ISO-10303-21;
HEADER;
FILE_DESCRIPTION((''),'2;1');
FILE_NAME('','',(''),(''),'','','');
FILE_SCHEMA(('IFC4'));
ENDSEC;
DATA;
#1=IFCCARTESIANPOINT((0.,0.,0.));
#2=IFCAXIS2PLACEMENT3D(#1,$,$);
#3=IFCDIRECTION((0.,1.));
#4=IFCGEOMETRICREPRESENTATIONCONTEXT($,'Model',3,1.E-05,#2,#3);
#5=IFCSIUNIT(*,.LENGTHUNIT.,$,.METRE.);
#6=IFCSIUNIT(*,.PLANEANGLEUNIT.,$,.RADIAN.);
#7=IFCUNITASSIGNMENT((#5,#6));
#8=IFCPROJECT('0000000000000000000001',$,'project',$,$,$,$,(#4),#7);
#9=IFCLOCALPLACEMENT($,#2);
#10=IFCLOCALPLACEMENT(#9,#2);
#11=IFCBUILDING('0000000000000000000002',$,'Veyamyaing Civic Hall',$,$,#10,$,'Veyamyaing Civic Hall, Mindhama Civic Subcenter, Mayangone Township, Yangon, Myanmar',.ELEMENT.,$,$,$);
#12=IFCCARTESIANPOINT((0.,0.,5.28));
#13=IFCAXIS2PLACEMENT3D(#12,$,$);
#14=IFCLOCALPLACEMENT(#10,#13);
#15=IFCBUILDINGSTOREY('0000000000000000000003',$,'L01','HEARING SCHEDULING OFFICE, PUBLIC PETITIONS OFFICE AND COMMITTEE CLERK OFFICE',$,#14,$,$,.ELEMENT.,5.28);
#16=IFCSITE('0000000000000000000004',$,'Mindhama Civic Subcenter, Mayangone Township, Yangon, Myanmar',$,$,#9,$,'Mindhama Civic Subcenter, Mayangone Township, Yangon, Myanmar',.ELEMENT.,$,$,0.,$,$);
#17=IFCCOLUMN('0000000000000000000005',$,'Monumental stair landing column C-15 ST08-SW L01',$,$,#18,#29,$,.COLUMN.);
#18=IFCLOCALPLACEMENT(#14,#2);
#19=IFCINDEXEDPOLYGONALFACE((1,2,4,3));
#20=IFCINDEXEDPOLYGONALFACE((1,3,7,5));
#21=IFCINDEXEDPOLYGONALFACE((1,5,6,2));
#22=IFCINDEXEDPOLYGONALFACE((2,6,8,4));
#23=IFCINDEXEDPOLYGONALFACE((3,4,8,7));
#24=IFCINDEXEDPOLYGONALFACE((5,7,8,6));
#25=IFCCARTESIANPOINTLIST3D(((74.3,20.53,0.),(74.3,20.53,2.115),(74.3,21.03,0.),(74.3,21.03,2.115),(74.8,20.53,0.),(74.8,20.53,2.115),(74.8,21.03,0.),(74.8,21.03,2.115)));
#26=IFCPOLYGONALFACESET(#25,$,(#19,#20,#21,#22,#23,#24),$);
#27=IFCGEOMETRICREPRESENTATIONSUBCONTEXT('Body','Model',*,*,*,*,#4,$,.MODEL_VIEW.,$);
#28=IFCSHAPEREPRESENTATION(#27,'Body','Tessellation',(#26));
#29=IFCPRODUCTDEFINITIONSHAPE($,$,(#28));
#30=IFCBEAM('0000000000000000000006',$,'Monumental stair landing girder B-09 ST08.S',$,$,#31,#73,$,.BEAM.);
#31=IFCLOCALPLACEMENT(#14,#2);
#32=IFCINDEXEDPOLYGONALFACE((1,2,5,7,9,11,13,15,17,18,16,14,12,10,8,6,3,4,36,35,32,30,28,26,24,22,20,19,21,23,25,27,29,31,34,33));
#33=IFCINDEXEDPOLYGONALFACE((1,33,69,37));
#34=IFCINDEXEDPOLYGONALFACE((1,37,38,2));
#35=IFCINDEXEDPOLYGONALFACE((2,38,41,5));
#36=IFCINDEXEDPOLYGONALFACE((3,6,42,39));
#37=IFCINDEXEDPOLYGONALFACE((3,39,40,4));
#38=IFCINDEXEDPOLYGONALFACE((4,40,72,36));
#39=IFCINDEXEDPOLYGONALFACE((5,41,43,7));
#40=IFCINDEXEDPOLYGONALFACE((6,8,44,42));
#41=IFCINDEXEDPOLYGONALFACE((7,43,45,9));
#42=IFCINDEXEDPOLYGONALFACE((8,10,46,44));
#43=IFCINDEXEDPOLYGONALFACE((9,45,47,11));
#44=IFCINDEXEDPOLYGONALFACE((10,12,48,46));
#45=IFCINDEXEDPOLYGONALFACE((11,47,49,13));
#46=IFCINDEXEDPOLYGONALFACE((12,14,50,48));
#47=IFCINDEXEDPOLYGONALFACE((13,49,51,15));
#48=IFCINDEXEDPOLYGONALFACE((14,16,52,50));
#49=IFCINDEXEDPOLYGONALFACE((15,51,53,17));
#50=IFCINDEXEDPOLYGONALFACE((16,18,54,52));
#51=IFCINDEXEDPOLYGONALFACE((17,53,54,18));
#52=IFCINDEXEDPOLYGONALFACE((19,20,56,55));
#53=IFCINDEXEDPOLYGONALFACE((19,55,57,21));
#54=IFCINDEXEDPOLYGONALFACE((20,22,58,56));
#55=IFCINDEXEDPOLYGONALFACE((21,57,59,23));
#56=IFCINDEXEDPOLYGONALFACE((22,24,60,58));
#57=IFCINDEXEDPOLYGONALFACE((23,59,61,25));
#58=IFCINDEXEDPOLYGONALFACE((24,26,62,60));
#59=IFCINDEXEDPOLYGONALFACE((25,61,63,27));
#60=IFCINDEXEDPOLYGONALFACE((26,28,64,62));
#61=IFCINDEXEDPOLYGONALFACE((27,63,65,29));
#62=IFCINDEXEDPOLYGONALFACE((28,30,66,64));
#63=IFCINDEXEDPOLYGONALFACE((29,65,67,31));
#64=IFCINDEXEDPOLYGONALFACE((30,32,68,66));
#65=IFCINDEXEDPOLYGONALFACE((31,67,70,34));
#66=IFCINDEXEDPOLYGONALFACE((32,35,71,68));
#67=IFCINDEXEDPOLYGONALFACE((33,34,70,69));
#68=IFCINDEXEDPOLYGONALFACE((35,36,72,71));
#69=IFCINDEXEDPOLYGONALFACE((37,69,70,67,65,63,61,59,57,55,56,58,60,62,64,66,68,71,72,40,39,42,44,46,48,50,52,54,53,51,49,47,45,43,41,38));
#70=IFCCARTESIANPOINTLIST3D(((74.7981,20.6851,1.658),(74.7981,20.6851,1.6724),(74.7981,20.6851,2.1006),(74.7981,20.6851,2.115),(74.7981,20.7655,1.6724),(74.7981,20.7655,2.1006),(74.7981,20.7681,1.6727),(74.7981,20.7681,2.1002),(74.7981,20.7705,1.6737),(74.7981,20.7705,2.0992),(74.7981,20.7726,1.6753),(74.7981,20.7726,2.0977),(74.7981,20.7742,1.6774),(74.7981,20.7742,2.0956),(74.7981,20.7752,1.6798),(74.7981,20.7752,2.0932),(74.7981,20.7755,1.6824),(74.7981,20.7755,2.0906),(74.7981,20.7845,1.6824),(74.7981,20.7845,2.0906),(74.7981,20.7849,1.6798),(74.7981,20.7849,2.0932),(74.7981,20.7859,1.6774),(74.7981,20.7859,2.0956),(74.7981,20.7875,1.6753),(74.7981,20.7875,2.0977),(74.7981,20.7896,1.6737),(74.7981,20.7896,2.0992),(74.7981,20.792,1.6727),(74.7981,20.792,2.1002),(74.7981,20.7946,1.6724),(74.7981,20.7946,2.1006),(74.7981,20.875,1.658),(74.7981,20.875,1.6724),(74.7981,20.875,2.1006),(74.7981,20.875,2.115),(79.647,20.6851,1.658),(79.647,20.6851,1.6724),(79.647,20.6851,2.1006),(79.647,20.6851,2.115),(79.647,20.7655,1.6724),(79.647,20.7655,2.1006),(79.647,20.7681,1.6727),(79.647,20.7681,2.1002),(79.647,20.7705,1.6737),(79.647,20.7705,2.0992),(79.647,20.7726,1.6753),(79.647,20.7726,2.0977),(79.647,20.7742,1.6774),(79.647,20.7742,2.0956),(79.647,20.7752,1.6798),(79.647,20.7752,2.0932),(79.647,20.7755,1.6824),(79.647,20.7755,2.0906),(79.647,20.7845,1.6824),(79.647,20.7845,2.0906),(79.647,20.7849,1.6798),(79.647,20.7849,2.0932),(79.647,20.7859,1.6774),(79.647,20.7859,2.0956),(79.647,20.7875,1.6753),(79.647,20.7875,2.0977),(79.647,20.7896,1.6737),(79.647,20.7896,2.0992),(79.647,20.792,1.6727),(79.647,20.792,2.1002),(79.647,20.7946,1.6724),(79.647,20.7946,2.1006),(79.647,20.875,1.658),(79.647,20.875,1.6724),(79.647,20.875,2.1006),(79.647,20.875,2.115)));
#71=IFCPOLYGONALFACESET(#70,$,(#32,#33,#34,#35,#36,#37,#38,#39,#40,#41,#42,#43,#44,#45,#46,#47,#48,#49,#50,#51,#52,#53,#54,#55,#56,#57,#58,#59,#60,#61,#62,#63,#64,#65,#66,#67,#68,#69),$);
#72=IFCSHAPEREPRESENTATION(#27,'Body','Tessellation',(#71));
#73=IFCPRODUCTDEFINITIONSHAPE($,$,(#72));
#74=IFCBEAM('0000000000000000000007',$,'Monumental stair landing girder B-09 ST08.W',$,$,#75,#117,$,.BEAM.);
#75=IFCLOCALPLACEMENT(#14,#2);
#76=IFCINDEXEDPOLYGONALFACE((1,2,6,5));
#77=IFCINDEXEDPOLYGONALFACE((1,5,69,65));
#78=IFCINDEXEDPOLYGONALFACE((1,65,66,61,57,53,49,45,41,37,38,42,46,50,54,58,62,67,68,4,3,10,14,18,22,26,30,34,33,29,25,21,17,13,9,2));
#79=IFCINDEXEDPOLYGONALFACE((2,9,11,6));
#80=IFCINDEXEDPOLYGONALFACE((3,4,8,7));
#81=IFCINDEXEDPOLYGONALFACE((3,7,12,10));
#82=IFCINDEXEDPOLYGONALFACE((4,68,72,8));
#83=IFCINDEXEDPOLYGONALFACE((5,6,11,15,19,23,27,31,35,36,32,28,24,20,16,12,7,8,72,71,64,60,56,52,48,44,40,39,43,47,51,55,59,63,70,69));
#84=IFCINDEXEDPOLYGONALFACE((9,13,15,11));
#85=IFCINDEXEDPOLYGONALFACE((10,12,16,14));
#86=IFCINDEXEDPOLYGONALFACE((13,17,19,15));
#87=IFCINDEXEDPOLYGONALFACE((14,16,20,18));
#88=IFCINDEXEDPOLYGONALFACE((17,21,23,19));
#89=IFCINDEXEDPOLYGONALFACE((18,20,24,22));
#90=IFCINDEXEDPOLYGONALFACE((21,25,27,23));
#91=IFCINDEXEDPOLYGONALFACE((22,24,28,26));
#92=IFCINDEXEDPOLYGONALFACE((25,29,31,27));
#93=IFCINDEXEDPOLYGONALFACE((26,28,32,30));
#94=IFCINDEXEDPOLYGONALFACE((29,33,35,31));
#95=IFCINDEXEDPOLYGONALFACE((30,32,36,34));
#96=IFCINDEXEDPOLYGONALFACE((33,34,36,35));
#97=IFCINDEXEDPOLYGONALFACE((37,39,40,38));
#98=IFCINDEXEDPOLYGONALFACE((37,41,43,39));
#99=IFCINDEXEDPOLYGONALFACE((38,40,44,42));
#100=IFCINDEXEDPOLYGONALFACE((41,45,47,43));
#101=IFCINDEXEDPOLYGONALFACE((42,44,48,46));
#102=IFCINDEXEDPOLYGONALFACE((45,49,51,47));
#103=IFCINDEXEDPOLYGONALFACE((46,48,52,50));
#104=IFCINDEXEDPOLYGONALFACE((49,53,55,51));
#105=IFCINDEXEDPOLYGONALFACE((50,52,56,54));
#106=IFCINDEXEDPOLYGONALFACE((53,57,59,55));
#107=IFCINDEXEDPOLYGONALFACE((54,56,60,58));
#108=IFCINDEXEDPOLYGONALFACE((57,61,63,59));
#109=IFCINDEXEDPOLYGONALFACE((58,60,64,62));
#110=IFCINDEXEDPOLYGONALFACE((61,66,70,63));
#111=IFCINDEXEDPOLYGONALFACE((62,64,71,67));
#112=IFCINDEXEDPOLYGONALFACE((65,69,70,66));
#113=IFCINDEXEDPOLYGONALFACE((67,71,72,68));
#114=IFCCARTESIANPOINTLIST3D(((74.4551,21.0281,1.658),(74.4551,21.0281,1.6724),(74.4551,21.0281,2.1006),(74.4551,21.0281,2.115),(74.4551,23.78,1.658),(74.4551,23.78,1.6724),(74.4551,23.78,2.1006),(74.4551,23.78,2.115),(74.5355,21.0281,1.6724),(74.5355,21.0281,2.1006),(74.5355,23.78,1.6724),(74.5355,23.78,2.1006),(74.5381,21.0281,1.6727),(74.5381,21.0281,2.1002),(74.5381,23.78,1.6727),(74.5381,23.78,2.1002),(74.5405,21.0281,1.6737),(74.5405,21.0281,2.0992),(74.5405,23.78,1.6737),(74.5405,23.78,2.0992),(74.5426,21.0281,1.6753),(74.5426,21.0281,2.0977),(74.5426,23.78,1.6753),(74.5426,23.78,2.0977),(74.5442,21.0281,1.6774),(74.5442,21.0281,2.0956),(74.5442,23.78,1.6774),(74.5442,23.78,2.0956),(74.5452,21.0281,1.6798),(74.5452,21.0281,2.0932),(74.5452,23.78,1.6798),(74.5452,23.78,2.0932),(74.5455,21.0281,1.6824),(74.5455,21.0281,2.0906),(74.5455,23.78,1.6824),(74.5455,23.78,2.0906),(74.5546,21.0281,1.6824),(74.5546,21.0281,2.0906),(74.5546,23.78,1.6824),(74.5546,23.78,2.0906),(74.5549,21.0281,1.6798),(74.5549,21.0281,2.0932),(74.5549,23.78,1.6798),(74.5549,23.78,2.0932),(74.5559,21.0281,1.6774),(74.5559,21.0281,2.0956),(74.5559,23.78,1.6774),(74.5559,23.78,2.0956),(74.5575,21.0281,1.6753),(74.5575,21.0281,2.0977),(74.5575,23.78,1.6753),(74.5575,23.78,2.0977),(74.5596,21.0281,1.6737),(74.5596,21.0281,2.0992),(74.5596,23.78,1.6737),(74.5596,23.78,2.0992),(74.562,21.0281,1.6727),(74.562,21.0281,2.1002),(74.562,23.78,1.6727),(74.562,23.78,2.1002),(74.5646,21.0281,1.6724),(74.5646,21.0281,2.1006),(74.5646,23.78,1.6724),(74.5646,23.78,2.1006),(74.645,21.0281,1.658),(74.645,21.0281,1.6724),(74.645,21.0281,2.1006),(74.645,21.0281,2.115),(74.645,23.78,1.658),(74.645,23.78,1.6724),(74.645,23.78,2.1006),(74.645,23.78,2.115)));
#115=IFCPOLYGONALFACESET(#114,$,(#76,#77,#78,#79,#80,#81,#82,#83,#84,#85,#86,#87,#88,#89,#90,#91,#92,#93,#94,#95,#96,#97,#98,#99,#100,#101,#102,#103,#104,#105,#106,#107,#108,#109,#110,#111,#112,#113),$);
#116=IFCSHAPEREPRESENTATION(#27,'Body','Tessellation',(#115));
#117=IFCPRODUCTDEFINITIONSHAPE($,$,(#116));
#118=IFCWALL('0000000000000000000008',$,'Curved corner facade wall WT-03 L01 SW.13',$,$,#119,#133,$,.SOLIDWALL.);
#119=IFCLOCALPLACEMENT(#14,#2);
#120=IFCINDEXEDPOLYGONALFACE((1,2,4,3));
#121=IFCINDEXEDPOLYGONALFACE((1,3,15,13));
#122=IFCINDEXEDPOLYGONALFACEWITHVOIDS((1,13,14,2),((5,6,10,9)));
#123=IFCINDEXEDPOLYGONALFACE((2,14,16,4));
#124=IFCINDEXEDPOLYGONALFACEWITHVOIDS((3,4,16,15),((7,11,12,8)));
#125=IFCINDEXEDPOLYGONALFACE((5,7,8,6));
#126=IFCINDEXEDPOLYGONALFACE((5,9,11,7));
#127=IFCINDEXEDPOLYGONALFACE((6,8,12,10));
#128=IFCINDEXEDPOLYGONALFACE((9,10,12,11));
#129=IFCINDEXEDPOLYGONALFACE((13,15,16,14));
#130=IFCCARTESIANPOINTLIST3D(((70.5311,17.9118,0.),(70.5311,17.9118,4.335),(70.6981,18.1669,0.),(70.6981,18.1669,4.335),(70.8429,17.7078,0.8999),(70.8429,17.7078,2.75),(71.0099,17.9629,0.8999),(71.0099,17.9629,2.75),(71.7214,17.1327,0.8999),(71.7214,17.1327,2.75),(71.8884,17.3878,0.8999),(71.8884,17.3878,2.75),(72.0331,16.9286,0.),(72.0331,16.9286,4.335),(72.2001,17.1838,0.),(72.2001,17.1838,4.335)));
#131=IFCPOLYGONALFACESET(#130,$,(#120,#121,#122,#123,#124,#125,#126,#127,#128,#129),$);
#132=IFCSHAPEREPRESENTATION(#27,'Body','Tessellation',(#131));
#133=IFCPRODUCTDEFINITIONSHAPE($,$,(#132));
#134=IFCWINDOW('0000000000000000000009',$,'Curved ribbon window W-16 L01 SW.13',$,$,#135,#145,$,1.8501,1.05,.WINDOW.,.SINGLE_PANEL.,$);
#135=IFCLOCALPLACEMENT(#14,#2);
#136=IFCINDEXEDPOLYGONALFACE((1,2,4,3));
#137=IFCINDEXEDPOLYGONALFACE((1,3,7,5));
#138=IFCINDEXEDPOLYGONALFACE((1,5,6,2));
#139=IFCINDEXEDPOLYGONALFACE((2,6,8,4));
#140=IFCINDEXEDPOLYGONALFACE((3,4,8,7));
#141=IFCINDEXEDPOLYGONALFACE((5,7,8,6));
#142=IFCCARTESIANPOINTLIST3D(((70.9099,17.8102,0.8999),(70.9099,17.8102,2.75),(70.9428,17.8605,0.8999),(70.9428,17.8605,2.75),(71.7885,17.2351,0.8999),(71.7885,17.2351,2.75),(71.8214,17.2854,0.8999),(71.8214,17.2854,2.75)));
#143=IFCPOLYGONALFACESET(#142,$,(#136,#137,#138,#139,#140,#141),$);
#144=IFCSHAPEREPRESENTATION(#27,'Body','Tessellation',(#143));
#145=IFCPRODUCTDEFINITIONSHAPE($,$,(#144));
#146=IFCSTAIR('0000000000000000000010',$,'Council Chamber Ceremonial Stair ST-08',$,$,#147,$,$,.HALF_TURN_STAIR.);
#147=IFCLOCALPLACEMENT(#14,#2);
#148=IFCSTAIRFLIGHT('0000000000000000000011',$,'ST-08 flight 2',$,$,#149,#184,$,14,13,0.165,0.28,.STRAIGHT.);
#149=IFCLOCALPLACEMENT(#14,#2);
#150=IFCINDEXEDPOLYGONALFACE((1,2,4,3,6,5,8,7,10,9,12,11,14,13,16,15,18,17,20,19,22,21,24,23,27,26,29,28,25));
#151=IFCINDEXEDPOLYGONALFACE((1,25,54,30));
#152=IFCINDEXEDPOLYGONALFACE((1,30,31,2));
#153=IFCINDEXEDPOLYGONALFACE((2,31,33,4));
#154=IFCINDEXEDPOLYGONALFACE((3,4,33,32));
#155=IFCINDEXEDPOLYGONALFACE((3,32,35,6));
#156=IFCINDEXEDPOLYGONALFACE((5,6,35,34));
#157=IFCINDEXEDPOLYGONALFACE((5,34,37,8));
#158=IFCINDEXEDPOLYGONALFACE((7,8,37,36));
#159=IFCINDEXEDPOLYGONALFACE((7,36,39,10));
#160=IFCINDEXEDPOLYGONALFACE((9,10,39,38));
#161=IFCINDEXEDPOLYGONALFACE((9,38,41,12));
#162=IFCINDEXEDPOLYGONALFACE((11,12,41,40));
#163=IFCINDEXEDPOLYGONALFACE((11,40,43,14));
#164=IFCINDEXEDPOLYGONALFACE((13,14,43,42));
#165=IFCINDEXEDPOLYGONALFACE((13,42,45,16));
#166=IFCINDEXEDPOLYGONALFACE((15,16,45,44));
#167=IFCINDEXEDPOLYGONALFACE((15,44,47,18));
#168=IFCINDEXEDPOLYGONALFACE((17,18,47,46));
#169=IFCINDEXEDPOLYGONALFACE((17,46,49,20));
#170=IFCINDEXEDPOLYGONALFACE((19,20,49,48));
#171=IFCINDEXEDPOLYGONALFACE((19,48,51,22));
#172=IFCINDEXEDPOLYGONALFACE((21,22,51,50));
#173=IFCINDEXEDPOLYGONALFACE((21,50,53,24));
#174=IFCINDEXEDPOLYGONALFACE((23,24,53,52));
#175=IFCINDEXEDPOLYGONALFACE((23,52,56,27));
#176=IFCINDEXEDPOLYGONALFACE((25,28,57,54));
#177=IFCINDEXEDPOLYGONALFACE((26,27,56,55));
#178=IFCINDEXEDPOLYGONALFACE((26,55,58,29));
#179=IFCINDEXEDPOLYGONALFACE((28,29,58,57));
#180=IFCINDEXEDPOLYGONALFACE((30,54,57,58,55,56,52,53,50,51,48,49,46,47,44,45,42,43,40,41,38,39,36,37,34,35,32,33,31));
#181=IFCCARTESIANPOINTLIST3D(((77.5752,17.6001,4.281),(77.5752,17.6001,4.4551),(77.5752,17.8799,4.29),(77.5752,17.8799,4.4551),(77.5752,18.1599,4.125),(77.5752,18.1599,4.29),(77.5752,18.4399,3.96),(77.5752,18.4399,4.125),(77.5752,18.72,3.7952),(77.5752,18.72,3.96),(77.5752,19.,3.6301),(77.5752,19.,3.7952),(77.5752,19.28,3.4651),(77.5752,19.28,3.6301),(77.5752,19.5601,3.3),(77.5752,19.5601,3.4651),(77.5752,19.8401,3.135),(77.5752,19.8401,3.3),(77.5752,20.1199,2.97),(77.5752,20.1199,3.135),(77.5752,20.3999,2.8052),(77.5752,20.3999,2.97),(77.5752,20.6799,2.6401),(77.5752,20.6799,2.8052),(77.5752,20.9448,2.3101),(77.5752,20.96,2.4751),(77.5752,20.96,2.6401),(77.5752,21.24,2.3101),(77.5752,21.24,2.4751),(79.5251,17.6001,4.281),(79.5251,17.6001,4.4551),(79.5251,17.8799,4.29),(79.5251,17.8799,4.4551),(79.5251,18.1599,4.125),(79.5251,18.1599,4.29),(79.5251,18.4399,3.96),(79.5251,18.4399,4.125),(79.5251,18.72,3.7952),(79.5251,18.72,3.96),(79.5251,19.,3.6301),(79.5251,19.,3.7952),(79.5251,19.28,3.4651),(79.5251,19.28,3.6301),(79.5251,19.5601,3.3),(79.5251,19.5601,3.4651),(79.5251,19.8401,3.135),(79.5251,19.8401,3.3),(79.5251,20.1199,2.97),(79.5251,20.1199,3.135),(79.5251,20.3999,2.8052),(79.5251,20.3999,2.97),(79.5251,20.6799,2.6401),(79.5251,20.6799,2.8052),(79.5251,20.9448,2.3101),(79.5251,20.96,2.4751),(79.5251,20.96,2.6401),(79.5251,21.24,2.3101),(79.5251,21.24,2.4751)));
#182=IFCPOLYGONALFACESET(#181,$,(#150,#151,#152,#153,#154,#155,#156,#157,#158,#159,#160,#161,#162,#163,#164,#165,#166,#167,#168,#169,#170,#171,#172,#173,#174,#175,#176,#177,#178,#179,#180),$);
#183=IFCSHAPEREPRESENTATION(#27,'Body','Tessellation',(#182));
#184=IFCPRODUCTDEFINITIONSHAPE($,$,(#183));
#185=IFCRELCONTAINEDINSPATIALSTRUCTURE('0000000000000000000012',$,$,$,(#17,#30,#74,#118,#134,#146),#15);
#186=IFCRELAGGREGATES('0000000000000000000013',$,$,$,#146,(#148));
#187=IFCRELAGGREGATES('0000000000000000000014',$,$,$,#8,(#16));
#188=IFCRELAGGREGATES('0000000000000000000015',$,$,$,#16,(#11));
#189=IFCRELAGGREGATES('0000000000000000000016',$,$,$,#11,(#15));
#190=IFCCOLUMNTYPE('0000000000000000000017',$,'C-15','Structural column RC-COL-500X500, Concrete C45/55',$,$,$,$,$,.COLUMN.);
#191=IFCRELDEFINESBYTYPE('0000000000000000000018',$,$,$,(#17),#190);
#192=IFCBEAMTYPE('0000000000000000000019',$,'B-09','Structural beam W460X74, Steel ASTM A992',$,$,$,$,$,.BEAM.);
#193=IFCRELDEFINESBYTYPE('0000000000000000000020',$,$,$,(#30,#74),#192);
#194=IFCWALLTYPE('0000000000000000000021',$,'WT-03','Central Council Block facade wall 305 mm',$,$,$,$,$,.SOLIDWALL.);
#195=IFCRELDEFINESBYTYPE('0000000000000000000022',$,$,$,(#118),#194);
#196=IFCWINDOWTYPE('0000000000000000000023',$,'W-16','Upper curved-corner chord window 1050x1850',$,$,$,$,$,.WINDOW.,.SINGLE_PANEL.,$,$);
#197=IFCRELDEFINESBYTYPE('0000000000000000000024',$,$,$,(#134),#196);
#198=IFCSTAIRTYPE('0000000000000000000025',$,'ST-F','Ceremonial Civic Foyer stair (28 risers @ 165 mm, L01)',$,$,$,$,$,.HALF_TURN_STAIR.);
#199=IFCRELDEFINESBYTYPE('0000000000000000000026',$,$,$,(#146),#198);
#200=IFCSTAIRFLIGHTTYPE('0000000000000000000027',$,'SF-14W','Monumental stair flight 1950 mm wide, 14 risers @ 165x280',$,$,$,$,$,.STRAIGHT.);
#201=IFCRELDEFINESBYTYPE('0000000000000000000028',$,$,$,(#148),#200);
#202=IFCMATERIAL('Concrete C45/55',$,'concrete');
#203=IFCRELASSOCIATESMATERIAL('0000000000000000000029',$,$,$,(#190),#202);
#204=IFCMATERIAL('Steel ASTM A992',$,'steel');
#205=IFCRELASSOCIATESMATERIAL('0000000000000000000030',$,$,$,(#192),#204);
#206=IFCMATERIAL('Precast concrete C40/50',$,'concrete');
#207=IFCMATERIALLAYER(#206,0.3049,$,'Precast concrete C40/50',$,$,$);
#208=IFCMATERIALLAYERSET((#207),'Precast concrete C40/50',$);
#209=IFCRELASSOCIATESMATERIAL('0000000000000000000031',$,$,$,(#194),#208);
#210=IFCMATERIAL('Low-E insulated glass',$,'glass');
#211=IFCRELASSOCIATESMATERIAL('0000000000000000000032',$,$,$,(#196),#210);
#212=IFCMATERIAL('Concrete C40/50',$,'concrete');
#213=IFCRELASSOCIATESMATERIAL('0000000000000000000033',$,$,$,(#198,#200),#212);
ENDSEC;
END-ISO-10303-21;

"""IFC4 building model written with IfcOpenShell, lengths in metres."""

from ifc_helpers import new_model, si_unit, direction, frame, frame_2d, origin, origin_2d, place, context, subcontext, project, spatial, polyline, rectangle, i_section, outline, extrude, material, layer, layer_set, material_profile, profile_set, type_object, element, fill, aggregate, save


model = new_model("IFC4")

# Units and contexts
model_context = context("Model", 3, precision=1e-05, world=origin(), true_north=direction((0.0, 1.0)))
body_context = subcontext(model_context, "Body", "Model", "MODEL_VIEW")
ifc_project = project(units=[si_unit("LENGTHUNIT", "METRE"), si_unit("PLANEANGLEUNIT", "RADIAN")], contexts=[model_context])

# Site, building, storey
site_placement = place(None, origin())
site = spatial("IfcSite", under=ifc_project, at=site_placement, Name="Mindhama Civic Subcenter, Mayangone Township, Yangon, Myanmar", LongName="Mindhama Civic Subcenter, Mayangone Township, Yangon, Myanmar", CompositionType="ELEMENT", RefElevation=0.0)
building_placement = place(site_placement, origin())
building = spatial("IfcBuilding", under=site, at=building_placement, Name="Veyamyaing Civic Hall", LongName="Veyamyaing Civic Hall, Mindhama Civic Subcenter, Mayangone Township, Yangon, Myanmar", CompositionType="ELEMENT")
storey_placement = place(building_placement, frame((0.0, 0.0, 5.28)))
storey = spatial("IfcBuildingStorey", under=building, at=storey_placement, Name="L01", Description="HEARING SCHEDULING OFFICE, PUBLIC PETITIONS OFFICE AND COMMITTEE CLERK OFFICE", CompositionType="ELEMENT", Elevation=5.28)

# Column
ifc_material_1 = material(Name="Concrete C45/55", Category="concrete")
ifc_material_profile_1 = material_profile(ifc_material_1, rectangle(XDim=0.5, YDim=0.5, at=origin_2d()), Name="RC-COL-500X500")
ifc_profile_set_1 = profile_set([ifc_material_profile_1], Name="Concrete C45/55")
column_type = type_object("IfcColumnType", Name="C-15", Description="Structural column RC-COL-500X500, Concrete C45/55", PredefinedType="COLUMN", material=ifc_profile_set_1)
column_placement = place(storey_placement, frame((74.55, 20.78, 0.0), z_axis=(0.0, 0.0, 1.0), x_axis=(1.0, 0.0, 0.0)))
element("IfcColumn", 1, at=column_placement, inside=storey, type_object=column_type, Name="Monumental stair landing column C-15 ST08-SW L01", PredefinedType="COLUMN", context=body_context, shape_type="SweptSolid", body=[
    extrude(rectangle(XDim=0.5, YDim=0.5, at=origin_2d()), origin(), (0.0, 0.0, 1.0), 2.115),
])

# Beams
ifc_material_2 = material(Name="Steel ASTM A992", Category="steel")
ifc_material_profile_2 = material_profile(ifc_material_2, i_section(OverallWidth=0.1899, OverallDepth=0.457, WebThickness=0.009, FlangeThickness=0.0144, FilletRadius=0.01, at=origin_2d()), Name="W460X74")
ifc_profile_set_2 = profile_set([ifc_material_profile_2], Name="Steel ASTM A992")
beam_type = type_object("IfcBeamType", Name="B-09", Description="Structural beam W460X74, Steel ASTM A992", PredefinedType="BEAM", material=ifc_profile_set_2)
beam_1_placement = place(storey_placement, frame((74.7981, 20.78, 1.8865), z_axis=(1.0, 0.0, 0.0), x_axis=(0.0, 1.0, 0.0)))
element("IfcBeam", 2, at=beam_1_placement, inside=storey, type_object=beam_type, Name="Monumental stair landing girder B-09 ST08.S", PredefinedType="BEAM", context=body_context, shape_type="SweptSolid", body=[
    extrude(i_section(OverallWidth=0.1899, OverallDepth=0.457, WebThickness=0.009, FlangeThickness=0.0144, FilletRadius=0.01, at=origin_2d()), origin(), (0.0, 0.0, 1.0), 4.8489),
])
beam_2_placement = place(storey_placement, frame((74.55, 21.0281, 1.8865), z_axis=(0.0, 1.0, 0.0), x_axis=(-1.0, 0.0, 0.0)))
element("IfcBeam", 3, at=beam_2_placement, inside=storey, type_object=beam_type, Name="Monumental stair landing girder B-09 ST08.W", PredefinedType="BEAM", context=body_context, shape_type="SweptSolid", body=[
    extrude(i_section(OverallWidth=0.1899, OverallDepth=0.457, WebThickness=0.009, FlangeThickness=0.0144, FilletRadius=0.01, at=origin_2d()), origin(), (0.0, 0.0, 1.0), 2.752),
])

# Wall, opening, window
ifc_material_3 = material(Name="Precast concrete C40/50", Category="concrete")
ifc_layer_1 = layer(ifc_material_3, 0.3049, Name="Precast concrete C40/50")
ifc_layer_set_1 = layer_set([ifc_layer_1], Name="Precast concrete C40/50")
wall_type = type_object("IfcWallType", Name="WT-03", Description="Central Council Block facade wall 305 mm", PredefinedType="SOLIDWALL", material=ifc_layer_set_1)
wall_placement = place(storey_placement, frame((70.6147, 18.0393, 0.0), z_axis=(0.0, 0.0, 1.0), x_axis=(0.836687, -0.547682, 0.0)))
wall = element("IfcWall", 4, at=wall_placement, inside=storey, type_object=wall_type, Name="Curved corner facade wall WT-03 L01 SW.13", PredefinedType="SOLIDWALL", context=body_context, shape_type="SweptSolid", body=[
    extrude(rectangle(XDim=1.7952, YDim=0.3049, at=frame_2d((0.8975, 0.0))), origin(), (0.0, 0.0, 1.0), 4.335),
])
opening_placement = place(wall_placement, frame((0.3726, 0.0, 0.8999)))
opening = element("IfcOpeningElement", 5, at=opening_placement, cuts=wall, PredefinedType="OPENING", context=body_context, shape_type="SweptSolid", body=[
    extrude(rectangle(XDim=1.05, YDim=1.8501, at=frame_2d((0.5249, 0.925))), frame((0.0, 0.1624, 0.0), z_axis=(0.0, -1.0, 0.0), x_axis=(1.0, 0.0, 0.0)), (0.0, 0.0, 1.0), 0.325),
])
ifc_material_4 = material(Name="Low-E insulated glass", Category="glass")
window_type = type_object("IfcWindowType", Name="W-16", Description="Upper curved-corner chord window 1050x1850", PartitioningType="SINGLE_PANEL", PredefinedType="WINDOW", material=ifc_material_4)
window_placement = place(opening_placement, origin())
window = element("IfcWindow", 6, at=window_placement, inside=storey, type_object=window_type, Name="Curved ribbon window W-16 L01 SW.13", OverallHeight=1.8501, OverallWidth=1.05, PartitioningType="SINGLE_PANEL", PredefinedType="WINDOW", context=body_context, shape_type="SweptSolid", body=[
    extrude(rectangle(XDim=1.05, YDim=1.8501, at=frame_2d((0.5249, 0.925))), frame((0.0, 0.03, 0.0), z_axis=(0.0, -1.0, 0.0), x_axis=(1.0, 0.0, 0.0)), (0.0, 0.0, 1.0), 0.0601),
])
fill(opening, window)

# Stair, stair flight
ifc_material_5 = material(Name="Concrete C40/50", Category="concrete")
stair_type = type_object("IfcStairType", Name="ST-F", Description="Ceremonial Civic Foyer stair (28 risers @ 165 mm, L01)", PredefinedType="HALF_TURN_STAIR", material=ifc_material_5)
stair_placement = place(storey_placement, origin())
stair = element("IfcStair", 7, at=stair_placement, inside=storey, type_object=stair_type, Name="Council Chamber Ceremonial Stair ST-08", PredefinedType="HALF_TURN_STAIR")
stair_flight_type = type_object("IfcStairFlightType", Name="SF-14W", Description="Monumental stair flight 1950 mm wide, 14 risers @ 165x280", PredefinedType="STRAIGHT", material=ifc_material_5)
stair_flight_placement = place(storey_placement, frame((78.55, 21.24, 2.3101), z_axis=(0.0, 0.0, 1.0), x_axis=(0.0, -1.0, 0.0)))
stair_flight = element("IfcStairFlight", 8, at=stair_flight_placement, type_object=stair_flight_type, Name="ST-08 flight 2", NumberOfRisers=14, NumberOfTreads=13, PredefinedType="STRAIGHT", RiserHeight=0.165, TreadLength=0.28, context=body_context, shape_type="SweptSolid", body=[
    extrude(outline(polyline([(0.0, 0.0), (0.0, 0.165), (0.28, 0.165), (0.28, 0.3301), (0.5601, 0.3301), (0.5601, 0.4951), (0.8401, 0.4951), (0.8401, 0.6599), (1.1201, 0.6599), (1.1201, 0.825), (1.3999, 0.825), (1.3999, 0.99), (1.6799, 0.99), (1.6799, 1.155), (1.96, 1.155), (1.96, 1.3201), (2.24, 1.3201), (2.24, 1.4851), (2.52, 1.4851), (2.52, 1.6499), (2.8, 1.6499), (2.8, 1.8149), (3.0801, 1.8149), (3.0801, 1.98), (3.3601, 1.98), (3.3601, 2.145), (3.6399, 2.145), (3.6399, 2.3101), (3.6399, 1.9709), (0.2952, 0.0), (0.0, 0.0)])), frame((0.0, 0.9751, 0.0), z_axis=(0.0, -1.0, 0.0), x_axis=(1.0, 0.0, 0.0)), (0.0, 0.0, 1.0), 1.95),
])
aggregate(stair, [stair_flight])

save(model, "model.ifc")
